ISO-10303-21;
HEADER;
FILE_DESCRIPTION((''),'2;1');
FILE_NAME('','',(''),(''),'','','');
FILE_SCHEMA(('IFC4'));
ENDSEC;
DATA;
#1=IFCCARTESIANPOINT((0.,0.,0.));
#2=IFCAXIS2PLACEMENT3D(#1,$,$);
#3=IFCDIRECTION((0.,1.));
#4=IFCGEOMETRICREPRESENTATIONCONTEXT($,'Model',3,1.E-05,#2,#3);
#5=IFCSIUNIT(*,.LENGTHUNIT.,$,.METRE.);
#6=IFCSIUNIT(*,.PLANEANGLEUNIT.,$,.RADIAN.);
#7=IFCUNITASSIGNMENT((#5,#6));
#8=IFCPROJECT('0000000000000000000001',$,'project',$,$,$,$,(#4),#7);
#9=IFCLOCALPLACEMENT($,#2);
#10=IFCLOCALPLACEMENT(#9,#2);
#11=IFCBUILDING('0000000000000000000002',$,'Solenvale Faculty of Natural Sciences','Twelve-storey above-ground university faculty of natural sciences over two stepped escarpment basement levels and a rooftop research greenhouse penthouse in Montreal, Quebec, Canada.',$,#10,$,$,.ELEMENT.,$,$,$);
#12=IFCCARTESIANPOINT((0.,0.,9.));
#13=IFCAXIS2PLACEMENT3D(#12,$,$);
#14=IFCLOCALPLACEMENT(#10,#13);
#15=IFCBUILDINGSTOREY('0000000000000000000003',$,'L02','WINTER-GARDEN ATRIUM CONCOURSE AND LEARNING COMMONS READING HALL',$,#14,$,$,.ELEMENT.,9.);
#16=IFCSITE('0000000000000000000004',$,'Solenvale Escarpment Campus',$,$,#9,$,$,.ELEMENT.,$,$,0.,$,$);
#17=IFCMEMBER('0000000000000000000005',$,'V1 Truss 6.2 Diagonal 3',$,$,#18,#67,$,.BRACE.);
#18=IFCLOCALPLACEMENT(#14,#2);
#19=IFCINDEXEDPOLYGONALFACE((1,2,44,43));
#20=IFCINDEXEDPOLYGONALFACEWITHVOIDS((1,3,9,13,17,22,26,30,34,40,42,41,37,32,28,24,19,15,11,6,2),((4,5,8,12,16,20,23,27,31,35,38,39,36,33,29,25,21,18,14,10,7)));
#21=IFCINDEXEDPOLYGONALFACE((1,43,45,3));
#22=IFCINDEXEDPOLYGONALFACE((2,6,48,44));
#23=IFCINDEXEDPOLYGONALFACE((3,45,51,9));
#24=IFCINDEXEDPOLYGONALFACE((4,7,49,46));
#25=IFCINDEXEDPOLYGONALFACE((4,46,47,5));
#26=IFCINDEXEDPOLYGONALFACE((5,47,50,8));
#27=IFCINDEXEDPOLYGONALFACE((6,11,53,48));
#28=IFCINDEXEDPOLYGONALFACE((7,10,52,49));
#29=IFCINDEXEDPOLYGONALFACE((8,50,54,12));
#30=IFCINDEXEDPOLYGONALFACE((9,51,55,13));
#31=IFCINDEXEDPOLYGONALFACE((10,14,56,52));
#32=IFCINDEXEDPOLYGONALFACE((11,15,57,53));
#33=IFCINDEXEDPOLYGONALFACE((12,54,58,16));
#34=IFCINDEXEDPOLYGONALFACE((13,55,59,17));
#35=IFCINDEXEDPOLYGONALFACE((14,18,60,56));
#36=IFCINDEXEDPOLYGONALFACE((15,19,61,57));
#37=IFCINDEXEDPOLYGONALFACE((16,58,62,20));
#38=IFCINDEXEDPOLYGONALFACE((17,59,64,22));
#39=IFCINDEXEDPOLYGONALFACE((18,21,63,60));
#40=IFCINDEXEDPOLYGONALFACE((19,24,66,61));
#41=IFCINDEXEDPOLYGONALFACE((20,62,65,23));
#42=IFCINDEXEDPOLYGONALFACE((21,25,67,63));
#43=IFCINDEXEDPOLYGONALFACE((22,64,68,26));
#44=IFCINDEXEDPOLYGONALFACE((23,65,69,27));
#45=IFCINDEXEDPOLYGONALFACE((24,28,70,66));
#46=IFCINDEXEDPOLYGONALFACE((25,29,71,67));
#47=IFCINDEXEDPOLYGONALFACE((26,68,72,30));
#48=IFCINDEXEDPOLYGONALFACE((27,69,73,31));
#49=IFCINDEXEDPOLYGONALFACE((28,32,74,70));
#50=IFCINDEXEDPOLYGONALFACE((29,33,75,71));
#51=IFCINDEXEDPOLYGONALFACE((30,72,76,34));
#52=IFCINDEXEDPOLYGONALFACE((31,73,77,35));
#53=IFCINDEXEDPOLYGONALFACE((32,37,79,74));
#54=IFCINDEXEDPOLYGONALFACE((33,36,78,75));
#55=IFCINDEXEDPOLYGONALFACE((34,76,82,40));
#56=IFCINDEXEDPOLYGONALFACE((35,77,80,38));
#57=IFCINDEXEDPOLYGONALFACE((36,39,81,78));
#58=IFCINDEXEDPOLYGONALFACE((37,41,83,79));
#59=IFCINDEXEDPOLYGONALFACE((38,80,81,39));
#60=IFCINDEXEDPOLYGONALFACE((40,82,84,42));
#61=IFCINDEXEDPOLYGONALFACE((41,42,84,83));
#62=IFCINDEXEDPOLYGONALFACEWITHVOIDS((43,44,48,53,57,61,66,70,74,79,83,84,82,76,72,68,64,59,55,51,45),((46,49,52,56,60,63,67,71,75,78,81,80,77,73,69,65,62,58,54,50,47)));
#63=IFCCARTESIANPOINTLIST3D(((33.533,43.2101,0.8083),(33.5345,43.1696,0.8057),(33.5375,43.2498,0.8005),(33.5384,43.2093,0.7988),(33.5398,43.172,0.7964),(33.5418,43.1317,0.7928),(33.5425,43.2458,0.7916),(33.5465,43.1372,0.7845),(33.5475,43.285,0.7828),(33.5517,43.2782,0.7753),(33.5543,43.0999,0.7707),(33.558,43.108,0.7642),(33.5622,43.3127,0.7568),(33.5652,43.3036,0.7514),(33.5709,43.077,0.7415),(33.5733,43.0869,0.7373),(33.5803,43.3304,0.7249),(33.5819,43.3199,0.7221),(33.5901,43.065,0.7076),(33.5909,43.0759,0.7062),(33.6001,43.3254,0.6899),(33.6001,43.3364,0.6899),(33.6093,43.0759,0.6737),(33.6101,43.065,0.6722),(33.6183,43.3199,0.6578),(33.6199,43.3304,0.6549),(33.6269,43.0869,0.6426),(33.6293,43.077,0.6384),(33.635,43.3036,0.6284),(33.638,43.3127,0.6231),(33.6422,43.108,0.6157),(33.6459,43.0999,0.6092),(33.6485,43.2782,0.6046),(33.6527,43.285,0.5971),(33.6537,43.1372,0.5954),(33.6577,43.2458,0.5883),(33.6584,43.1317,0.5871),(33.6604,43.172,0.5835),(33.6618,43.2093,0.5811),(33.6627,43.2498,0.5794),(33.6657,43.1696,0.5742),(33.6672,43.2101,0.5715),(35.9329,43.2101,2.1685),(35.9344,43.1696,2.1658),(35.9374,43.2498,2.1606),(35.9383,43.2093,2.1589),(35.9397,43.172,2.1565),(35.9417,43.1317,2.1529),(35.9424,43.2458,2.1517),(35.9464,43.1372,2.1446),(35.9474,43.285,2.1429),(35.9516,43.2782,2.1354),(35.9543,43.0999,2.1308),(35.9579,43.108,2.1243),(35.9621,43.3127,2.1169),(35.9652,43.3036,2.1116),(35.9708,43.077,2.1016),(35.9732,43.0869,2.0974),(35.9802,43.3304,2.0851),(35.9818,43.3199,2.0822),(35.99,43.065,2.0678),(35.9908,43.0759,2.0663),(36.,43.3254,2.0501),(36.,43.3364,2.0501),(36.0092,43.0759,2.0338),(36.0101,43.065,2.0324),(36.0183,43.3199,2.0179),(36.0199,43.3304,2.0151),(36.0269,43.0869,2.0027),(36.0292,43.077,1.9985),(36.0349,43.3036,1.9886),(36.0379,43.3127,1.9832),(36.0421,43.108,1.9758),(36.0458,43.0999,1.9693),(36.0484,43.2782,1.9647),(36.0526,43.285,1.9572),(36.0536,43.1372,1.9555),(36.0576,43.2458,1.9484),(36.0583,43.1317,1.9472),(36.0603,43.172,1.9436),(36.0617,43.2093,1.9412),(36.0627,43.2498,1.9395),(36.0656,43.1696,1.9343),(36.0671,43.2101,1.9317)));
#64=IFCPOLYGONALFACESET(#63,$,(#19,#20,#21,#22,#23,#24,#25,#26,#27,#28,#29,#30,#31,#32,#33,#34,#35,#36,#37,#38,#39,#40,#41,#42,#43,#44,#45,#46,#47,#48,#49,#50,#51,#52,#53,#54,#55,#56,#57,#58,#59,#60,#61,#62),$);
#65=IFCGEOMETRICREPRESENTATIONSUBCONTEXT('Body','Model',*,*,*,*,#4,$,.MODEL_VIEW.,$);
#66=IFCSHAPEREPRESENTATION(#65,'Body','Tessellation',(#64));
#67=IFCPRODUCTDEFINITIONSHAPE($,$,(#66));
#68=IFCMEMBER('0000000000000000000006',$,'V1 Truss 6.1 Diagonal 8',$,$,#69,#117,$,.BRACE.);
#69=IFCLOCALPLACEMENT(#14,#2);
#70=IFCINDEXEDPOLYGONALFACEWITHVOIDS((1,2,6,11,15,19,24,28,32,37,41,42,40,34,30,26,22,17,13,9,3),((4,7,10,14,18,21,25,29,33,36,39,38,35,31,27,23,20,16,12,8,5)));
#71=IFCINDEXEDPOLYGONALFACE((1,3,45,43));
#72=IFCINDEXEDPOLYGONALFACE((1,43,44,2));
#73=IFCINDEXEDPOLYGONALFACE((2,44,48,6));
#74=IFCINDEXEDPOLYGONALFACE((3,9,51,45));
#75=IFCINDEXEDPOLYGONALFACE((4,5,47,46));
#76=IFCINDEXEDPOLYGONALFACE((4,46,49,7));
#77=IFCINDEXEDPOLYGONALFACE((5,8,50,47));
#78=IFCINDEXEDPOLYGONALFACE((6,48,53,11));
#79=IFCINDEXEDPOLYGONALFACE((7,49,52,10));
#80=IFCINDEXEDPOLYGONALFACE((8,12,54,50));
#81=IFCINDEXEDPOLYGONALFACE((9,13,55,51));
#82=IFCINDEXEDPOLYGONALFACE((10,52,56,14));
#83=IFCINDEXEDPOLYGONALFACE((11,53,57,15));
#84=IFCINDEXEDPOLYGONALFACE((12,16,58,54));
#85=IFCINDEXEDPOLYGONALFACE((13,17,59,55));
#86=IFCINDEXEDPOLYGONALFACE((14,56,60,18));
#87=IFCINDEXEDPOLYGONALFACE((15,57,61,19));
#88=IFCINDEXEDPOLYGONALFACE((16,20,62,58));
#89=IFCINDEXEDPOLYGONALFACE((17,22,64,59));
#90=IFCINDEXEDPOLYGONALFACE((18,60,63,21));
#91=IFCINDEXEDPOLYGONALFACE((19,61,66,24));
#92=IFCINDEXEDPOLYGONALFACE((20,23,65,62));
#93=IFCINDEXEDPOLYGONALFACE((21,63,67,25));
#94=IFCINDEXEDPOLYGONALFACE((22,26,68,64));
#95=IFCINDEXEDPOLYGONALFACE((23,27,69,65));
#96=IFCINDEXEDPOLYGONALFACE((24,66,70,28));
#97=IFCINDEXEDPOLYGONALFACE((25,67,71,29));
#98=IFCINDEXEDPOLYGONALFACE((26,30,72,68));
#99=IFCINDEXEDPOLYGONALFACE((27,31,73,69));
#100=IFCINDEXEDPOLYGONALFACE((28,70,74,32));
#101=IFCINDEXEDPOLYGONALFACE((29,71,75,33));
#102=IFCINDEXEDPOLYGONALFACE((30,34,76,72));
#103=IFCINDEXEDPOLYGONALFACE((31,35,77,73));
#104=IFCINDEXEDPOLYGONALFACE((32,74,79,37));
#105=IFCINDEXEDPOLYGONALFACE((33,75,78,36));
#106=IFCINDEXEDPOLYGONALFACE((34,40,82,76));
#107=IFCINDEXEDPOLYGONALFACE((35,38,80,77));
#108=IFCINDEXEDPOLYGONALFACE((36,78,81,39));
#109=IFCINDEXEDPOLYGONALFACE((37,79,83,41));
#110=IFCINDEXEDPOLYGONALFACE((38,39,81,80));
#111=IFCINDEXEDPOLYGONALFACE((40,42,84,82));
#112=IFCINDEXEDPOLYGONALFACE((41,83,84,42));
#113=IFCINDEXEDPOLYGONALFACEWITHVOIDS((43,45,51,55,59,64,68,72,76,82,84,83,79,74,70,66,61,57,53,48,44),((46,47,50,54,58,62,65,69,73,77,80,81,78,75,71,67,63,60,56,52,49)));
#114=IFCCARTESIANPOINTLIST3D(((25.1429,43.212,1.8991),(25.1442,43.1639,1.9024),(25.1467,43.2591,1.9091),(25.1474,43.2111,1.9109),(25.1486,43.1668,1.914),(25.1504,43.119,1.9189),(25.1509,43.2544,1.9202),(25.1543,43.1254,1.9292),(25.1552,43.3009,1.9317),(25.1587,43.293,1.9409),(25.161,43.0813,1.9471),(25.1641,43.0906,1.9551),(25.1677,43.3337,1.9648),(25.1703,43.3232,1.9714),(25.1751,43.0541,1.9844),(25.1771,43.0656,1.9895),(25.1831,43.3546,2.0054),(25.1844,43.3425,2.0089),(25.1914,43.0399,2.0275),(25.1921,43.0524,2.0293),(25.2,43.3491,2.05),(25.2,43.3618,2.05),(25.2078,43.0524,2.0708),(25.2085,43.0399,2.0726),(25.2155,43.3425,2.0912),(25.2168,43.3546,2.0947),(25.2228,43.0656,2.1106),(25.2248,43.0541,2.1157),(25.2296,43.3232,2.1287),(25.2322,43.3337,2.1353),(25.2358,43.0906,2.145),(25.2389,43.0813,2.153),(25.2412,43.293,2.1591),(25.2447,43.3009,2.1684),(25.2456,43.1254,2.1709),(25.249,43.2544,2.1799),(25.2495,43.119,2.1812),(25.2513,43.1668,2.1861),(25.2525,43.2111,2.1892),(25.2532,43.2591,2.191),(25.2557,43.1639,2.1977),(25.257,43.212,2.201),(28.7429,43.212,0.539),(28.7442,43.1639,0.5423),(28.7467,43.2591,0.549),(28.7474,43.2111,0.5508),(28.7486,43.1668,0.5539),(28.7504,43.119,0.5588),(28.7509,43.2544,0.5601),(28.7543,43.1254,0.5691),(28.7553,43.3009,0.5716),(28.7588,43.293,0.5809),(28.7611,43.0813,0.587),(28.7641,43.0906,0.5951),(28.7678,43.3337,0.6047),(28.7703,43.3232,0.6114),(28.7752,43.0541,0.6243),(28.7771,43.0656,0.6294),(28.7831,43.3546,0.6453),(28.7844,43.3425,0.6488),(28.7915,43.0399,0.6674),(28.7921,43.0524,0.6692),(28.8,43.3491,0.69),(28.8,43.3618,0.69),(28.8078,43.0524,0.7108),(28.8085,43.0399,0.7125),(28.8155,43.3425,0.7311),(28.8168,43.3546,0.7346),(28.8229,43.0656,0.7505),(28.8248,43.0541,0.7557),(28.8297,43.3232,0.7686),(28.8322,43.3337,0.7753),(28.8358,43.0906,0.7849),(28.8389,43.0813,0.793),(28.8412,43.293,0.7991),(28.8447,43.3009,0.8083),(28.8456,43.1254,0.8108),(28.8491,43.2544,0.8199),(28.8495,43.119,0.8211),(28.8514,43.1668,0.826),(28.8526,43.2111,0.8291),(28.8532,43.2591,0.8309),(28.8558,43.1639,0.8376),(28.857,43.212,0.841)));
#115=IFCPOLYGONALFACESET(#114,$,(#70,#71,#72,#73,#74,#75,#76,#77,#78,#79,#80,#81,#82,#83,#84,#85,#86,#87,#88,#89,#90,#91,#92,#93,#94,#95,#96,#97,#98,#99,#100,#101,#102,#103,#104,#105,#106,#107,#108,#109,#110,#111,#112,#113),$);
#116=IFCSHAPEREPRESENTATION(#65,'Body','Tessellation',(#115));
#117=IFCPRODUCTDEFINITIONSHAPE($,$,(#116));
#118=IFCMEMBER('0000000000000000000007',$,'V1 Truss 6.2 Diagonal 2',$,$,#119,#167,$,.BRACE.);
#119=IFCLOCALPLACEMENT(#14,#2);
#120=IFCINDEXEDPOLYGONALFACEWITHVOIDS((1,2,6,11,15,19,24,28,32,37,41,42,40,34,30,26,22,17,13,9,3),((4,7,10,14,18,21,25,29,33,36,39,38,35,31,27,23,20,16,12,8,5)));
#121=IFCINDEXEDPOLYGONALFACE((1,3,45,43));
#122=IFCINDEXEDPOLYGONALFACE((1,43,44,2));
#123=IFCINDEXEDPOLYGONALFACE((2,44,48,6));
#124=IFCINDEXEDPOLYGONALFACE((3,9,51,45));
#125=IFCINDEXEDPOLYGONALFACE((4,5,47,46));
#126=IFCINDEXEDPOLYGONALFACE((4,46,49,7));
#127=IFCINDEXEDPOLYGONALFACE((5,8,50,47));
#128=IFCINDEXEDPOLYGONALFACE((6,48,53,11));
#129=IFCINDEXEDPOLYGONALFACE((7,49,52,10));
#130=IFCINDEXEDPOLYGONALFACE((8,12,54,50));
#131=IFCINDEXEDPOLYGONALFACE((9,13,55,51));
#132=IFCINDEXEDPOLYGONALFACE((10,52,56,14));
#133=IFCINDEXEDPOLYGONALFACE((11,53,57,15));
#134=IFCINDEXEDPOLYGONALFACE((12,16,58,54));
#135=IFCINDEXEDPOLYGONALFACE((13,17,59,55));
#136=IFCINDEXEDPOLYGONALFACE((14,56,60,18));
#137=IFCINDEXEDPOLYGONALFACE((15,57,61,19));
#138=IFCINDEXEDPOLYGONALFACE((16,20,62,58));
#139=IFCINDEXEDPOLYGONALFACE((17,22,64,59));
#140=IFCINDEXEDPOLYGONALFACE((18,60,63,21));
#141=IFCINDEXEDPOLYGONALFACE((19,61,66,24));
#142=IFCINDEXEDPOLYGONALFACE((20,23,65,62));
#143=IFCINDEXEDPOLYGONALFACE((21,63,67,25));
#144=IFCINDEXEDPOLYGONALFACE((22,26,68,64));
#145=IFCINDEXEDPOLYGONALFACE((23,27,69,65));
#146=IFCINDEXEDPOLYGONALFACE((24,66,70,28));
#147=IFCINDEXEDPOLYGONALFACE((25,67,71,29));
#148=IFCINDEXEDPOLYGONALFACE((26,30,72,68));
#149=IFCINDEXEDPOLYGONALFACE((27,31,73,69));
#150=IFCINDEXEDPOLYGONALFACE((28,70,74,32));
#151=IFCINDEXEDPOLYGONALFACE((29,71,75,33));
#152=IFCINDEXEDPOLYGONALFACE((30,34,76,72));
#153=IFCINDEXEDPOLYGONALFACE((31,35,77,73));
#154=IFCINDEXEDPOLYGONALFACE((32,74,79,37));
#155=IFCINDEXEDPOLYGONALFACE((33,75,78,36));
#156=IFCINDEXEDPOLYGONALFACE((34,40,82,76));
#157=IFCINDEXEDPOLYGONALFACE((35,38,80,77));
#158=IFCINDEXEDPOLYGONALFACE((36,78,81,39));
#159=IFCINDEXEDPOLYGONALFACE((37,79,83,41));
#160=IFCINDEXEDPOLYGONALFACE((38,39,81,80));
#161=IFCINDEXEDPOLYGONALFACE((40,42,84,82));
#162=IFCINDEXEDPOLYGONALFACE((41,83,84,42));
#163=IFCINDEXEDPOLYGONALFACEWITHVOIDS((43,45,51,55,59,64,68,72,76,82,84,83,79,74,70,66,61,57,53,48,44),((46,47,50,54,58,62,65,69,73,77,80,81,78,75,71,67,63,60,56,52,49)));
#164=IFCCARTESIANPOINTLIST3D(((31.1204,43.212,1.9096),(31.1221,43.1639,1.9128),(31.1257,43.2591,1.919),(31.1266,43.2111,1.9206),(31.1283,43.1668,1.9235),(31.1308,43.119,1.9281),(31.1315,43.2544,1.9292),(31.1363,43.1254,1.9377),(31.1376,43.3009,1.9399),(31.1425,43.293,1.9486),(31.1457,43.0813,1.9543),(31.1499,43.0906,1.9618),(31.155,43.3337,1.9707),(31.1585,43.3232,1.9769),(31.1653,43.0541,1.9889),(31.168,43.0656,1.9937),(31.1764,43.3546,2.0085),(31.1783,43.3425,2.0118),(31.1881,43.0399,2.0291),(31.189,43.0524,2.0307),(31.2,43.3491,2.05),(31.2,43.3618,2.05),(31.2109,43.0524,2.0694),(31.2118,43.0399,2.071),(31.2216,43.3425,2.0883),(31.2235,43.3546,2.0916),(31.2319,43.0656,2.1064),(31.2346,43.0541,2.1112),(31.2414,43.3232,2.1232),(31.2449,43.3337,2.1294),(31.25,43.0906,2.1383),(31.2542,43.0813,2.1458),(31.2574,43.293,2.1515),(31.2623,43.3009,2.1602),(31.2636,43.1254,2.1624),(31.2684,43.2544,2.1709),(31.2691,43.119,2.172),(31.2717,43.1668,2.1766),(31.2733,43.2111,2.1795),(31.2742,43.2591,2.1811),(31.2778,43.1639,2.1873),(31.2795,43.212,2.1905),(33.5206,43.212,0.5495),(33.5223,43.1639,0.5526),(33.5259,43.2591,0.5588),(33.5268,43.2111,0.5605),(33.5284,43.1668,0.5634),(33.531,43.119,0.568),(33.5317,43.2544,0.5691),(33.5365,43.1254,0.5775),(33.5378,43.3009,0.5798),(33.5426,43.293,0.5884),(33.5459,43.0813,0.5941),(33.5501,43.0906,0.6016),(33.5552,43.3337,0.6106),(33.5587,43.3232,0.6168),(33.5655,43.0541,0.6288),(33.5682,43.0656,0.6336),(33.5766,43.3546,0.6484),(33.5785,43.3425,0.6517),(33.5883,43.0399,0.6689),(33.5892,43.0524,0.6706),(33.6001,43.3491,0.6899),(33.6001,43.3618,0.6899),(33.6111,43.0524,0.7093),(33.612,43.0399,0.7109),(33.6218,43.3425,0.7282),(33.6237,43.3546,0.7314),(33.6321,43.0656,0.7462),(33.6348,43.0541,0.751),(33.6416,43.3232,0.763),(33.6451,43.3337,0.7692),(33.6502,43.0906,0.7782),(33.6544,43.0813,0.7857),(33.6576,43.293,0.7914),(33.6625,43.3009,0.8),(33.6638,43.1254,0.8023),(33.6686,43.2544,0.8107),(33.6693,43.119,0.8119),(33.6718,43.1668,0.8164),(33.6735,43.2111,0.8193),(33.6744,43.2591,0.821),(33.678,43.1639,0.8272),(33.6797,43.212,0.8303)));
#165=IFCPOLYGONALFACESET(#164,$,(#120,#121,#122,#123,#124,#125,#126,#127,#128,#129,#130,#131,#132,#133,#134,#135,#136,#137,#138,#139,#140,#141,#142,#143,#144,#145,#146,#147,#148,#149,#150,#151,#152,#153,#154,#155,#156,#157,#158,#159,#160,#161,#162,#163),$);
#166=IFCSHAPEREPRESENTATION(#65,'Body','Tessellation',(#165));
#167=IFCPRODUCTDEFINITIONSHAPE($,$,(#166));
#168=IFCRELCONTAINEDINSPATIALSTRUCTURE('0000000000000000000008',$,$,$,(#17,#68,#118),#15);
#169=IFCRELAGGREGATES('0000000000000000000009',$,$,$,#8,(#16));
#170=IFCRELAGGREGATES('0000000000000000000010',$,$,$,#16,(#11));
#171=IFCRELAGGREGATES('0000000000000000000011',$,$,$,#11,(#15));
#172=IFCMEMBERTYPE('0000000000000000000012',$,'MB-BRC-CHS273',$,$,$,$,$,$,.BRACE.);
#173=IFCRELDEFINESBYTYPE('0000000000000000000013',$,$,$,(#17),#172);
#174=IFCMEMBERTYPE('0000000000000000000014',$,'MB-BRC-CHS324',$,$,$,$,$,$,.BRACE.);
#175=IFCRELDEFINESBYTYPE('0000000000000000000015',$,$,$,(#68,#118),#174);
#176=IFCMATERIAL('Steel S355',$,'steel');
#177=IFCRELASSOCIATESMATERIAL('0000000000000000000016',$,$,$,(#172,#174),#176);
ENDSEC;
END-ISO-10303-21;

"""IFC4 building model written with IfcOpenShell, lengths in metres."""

from ifc_helpers import new_model, si_unit, direction, frame, origin, origin_2d, place, context, subcontext, project, spatial, hollow_circle, extrude, material, material_profile, profile_set, type_object, element, save


model = new_model("IFC4")

# Units and contexts
model_context = context("Model", 3, precision=1e-05, world=origin(), true_north=direction((0.0, 1.0)))
body_context = subcontext(model_context, "Body", "Model", "MODEL_VIEW")
ifc_project = project(units=[si_unit("LENGTHUNIT", "METRE"), si_unit("PLANEANGLEUNIT", "RADIAN")], contexts=[model_context])

# Site, building, storey
site_placement = place(None, origin())
site = spatial("IfcSite", under=ifc_project, at=site_placement, Name="Solenvale Escarpment Campus", CompositionType="ELEMENT", RefElevation=0.0)
building_placement = place(site_placement, origin())
building = spatial("IfcBuilding", under=site, at=building_placement, Name="Solenvale Faculty of Natural Sciences", Description="Twelve-storey above-ground university faculty of natural sciences over two stepped escarpment basement levels and a rooftop research greenhouse penthouse in Montreal, Quebec, Canada.", CompositionType="ELEMENT")
storey_placement = place(building_placement, frame((0.0, 0.0, 9.0)))
storey = spatial("IfcBuildingStorey", under=building, at=storey_placement, Name="L02", Description="WINTER-GARDEN ATRIUM CONCOURSE AND LEARNING COMMONS READING HALL", CompositionType="ELEMENT", Elevation=9.0)

# Shared definitions
ifc_material_1 = material(Name="Steel S355", Category="steel")

# Members
ifc_material_profile_1 = material_profile(ifc_material_1, hollow_circle(Radius=0.1365, WallThickness=0.011, at=origin_2d()), Name="HSS273x11")
ifc_profile_set_1 = profile_set([ifc_material_profile_1], Name="Steel S355")
member_type_1 = type_object("IfcMemberType", Name="MB-BRC-CHS273", PredefinedType="BRACE", material=ifc_profile_set_1)
member_1_placement = place(storey_placement, frame((33.6001, 43.2, 0.6899), z_axis=(0.869997, 0.0, 0.493057), x_axis=(0.0, 1.0, 0.0)))
element("IfcMember", 1, at=member_1_placement, inside=storey, type_object=member_type_1, Name="V1 Truss 6.2 Diagonal 3", PredefinedType="BRACE", context=body_context, shape_type="SweptSolid", body=[
    extrude(hollow_circle(Radius=0.1365, WallThickness=0.011, at=origin_2d()), origin(), (0.0, 0.0, 1.0), 2.7585),
])
ifc_material_profile_2 = material_profile(ifc_material_1, hollow_circle(Radius=0.1619, WallThickness=0.0127, at=origin_2d()), Name="HSS324x13")
ifc_profile_set_2 = profile_set([ifc_material_profile_2], Name="Steel S355")
member_type_2 = type_object("IfcMemberType", Name="MB-BRC-CHS324", PredefinedType="BRACE", material=ifc_profile_set_2)
member_2_placement = place(storey_placement, frame((25.2, 43.2, 2.05), z_axis=(0.935466, 0.0, -0.353417), x_axis=(0.0, 1.0, 0.0)))
element("IfcMember", 2, at=member_2_placement, inside=storey, type_object=member_type_2, Name="V1 Truss 6.1 Diagonal 8", PredefinedType="BRACE", context=body_context, shape_type="SweptSolid", body=[
    extrude(hollow_circle(Radius=0.1619, WallThickness=0.0127, at=origin_2d()), origin(), (0.0, 0.0, 1.0), 3.8484),
])
member_3_placement = place(storey_placement, frame((31.2, 43.2, 2.05), z_axis=(0.870018, 0.0, -0.493019), x_axis=(0.0, 1.0, 0.0)))
element("IfcMember", 3, at=member_3_placement, inside=storey, type_object=member_type_2, Name="V1 Truss 6.2 Diagonal 2", PredefinedType="BRACE", context=body_context, shape_type="SweptSolid", body=[
    extrude(hollow_circle(Radius=0.1619, WallThickness=0.0127, at=origin_2d()), origin(), (0.0, 0.0, 1.0), 2.7588),
])

save(model, "model.ifc")
